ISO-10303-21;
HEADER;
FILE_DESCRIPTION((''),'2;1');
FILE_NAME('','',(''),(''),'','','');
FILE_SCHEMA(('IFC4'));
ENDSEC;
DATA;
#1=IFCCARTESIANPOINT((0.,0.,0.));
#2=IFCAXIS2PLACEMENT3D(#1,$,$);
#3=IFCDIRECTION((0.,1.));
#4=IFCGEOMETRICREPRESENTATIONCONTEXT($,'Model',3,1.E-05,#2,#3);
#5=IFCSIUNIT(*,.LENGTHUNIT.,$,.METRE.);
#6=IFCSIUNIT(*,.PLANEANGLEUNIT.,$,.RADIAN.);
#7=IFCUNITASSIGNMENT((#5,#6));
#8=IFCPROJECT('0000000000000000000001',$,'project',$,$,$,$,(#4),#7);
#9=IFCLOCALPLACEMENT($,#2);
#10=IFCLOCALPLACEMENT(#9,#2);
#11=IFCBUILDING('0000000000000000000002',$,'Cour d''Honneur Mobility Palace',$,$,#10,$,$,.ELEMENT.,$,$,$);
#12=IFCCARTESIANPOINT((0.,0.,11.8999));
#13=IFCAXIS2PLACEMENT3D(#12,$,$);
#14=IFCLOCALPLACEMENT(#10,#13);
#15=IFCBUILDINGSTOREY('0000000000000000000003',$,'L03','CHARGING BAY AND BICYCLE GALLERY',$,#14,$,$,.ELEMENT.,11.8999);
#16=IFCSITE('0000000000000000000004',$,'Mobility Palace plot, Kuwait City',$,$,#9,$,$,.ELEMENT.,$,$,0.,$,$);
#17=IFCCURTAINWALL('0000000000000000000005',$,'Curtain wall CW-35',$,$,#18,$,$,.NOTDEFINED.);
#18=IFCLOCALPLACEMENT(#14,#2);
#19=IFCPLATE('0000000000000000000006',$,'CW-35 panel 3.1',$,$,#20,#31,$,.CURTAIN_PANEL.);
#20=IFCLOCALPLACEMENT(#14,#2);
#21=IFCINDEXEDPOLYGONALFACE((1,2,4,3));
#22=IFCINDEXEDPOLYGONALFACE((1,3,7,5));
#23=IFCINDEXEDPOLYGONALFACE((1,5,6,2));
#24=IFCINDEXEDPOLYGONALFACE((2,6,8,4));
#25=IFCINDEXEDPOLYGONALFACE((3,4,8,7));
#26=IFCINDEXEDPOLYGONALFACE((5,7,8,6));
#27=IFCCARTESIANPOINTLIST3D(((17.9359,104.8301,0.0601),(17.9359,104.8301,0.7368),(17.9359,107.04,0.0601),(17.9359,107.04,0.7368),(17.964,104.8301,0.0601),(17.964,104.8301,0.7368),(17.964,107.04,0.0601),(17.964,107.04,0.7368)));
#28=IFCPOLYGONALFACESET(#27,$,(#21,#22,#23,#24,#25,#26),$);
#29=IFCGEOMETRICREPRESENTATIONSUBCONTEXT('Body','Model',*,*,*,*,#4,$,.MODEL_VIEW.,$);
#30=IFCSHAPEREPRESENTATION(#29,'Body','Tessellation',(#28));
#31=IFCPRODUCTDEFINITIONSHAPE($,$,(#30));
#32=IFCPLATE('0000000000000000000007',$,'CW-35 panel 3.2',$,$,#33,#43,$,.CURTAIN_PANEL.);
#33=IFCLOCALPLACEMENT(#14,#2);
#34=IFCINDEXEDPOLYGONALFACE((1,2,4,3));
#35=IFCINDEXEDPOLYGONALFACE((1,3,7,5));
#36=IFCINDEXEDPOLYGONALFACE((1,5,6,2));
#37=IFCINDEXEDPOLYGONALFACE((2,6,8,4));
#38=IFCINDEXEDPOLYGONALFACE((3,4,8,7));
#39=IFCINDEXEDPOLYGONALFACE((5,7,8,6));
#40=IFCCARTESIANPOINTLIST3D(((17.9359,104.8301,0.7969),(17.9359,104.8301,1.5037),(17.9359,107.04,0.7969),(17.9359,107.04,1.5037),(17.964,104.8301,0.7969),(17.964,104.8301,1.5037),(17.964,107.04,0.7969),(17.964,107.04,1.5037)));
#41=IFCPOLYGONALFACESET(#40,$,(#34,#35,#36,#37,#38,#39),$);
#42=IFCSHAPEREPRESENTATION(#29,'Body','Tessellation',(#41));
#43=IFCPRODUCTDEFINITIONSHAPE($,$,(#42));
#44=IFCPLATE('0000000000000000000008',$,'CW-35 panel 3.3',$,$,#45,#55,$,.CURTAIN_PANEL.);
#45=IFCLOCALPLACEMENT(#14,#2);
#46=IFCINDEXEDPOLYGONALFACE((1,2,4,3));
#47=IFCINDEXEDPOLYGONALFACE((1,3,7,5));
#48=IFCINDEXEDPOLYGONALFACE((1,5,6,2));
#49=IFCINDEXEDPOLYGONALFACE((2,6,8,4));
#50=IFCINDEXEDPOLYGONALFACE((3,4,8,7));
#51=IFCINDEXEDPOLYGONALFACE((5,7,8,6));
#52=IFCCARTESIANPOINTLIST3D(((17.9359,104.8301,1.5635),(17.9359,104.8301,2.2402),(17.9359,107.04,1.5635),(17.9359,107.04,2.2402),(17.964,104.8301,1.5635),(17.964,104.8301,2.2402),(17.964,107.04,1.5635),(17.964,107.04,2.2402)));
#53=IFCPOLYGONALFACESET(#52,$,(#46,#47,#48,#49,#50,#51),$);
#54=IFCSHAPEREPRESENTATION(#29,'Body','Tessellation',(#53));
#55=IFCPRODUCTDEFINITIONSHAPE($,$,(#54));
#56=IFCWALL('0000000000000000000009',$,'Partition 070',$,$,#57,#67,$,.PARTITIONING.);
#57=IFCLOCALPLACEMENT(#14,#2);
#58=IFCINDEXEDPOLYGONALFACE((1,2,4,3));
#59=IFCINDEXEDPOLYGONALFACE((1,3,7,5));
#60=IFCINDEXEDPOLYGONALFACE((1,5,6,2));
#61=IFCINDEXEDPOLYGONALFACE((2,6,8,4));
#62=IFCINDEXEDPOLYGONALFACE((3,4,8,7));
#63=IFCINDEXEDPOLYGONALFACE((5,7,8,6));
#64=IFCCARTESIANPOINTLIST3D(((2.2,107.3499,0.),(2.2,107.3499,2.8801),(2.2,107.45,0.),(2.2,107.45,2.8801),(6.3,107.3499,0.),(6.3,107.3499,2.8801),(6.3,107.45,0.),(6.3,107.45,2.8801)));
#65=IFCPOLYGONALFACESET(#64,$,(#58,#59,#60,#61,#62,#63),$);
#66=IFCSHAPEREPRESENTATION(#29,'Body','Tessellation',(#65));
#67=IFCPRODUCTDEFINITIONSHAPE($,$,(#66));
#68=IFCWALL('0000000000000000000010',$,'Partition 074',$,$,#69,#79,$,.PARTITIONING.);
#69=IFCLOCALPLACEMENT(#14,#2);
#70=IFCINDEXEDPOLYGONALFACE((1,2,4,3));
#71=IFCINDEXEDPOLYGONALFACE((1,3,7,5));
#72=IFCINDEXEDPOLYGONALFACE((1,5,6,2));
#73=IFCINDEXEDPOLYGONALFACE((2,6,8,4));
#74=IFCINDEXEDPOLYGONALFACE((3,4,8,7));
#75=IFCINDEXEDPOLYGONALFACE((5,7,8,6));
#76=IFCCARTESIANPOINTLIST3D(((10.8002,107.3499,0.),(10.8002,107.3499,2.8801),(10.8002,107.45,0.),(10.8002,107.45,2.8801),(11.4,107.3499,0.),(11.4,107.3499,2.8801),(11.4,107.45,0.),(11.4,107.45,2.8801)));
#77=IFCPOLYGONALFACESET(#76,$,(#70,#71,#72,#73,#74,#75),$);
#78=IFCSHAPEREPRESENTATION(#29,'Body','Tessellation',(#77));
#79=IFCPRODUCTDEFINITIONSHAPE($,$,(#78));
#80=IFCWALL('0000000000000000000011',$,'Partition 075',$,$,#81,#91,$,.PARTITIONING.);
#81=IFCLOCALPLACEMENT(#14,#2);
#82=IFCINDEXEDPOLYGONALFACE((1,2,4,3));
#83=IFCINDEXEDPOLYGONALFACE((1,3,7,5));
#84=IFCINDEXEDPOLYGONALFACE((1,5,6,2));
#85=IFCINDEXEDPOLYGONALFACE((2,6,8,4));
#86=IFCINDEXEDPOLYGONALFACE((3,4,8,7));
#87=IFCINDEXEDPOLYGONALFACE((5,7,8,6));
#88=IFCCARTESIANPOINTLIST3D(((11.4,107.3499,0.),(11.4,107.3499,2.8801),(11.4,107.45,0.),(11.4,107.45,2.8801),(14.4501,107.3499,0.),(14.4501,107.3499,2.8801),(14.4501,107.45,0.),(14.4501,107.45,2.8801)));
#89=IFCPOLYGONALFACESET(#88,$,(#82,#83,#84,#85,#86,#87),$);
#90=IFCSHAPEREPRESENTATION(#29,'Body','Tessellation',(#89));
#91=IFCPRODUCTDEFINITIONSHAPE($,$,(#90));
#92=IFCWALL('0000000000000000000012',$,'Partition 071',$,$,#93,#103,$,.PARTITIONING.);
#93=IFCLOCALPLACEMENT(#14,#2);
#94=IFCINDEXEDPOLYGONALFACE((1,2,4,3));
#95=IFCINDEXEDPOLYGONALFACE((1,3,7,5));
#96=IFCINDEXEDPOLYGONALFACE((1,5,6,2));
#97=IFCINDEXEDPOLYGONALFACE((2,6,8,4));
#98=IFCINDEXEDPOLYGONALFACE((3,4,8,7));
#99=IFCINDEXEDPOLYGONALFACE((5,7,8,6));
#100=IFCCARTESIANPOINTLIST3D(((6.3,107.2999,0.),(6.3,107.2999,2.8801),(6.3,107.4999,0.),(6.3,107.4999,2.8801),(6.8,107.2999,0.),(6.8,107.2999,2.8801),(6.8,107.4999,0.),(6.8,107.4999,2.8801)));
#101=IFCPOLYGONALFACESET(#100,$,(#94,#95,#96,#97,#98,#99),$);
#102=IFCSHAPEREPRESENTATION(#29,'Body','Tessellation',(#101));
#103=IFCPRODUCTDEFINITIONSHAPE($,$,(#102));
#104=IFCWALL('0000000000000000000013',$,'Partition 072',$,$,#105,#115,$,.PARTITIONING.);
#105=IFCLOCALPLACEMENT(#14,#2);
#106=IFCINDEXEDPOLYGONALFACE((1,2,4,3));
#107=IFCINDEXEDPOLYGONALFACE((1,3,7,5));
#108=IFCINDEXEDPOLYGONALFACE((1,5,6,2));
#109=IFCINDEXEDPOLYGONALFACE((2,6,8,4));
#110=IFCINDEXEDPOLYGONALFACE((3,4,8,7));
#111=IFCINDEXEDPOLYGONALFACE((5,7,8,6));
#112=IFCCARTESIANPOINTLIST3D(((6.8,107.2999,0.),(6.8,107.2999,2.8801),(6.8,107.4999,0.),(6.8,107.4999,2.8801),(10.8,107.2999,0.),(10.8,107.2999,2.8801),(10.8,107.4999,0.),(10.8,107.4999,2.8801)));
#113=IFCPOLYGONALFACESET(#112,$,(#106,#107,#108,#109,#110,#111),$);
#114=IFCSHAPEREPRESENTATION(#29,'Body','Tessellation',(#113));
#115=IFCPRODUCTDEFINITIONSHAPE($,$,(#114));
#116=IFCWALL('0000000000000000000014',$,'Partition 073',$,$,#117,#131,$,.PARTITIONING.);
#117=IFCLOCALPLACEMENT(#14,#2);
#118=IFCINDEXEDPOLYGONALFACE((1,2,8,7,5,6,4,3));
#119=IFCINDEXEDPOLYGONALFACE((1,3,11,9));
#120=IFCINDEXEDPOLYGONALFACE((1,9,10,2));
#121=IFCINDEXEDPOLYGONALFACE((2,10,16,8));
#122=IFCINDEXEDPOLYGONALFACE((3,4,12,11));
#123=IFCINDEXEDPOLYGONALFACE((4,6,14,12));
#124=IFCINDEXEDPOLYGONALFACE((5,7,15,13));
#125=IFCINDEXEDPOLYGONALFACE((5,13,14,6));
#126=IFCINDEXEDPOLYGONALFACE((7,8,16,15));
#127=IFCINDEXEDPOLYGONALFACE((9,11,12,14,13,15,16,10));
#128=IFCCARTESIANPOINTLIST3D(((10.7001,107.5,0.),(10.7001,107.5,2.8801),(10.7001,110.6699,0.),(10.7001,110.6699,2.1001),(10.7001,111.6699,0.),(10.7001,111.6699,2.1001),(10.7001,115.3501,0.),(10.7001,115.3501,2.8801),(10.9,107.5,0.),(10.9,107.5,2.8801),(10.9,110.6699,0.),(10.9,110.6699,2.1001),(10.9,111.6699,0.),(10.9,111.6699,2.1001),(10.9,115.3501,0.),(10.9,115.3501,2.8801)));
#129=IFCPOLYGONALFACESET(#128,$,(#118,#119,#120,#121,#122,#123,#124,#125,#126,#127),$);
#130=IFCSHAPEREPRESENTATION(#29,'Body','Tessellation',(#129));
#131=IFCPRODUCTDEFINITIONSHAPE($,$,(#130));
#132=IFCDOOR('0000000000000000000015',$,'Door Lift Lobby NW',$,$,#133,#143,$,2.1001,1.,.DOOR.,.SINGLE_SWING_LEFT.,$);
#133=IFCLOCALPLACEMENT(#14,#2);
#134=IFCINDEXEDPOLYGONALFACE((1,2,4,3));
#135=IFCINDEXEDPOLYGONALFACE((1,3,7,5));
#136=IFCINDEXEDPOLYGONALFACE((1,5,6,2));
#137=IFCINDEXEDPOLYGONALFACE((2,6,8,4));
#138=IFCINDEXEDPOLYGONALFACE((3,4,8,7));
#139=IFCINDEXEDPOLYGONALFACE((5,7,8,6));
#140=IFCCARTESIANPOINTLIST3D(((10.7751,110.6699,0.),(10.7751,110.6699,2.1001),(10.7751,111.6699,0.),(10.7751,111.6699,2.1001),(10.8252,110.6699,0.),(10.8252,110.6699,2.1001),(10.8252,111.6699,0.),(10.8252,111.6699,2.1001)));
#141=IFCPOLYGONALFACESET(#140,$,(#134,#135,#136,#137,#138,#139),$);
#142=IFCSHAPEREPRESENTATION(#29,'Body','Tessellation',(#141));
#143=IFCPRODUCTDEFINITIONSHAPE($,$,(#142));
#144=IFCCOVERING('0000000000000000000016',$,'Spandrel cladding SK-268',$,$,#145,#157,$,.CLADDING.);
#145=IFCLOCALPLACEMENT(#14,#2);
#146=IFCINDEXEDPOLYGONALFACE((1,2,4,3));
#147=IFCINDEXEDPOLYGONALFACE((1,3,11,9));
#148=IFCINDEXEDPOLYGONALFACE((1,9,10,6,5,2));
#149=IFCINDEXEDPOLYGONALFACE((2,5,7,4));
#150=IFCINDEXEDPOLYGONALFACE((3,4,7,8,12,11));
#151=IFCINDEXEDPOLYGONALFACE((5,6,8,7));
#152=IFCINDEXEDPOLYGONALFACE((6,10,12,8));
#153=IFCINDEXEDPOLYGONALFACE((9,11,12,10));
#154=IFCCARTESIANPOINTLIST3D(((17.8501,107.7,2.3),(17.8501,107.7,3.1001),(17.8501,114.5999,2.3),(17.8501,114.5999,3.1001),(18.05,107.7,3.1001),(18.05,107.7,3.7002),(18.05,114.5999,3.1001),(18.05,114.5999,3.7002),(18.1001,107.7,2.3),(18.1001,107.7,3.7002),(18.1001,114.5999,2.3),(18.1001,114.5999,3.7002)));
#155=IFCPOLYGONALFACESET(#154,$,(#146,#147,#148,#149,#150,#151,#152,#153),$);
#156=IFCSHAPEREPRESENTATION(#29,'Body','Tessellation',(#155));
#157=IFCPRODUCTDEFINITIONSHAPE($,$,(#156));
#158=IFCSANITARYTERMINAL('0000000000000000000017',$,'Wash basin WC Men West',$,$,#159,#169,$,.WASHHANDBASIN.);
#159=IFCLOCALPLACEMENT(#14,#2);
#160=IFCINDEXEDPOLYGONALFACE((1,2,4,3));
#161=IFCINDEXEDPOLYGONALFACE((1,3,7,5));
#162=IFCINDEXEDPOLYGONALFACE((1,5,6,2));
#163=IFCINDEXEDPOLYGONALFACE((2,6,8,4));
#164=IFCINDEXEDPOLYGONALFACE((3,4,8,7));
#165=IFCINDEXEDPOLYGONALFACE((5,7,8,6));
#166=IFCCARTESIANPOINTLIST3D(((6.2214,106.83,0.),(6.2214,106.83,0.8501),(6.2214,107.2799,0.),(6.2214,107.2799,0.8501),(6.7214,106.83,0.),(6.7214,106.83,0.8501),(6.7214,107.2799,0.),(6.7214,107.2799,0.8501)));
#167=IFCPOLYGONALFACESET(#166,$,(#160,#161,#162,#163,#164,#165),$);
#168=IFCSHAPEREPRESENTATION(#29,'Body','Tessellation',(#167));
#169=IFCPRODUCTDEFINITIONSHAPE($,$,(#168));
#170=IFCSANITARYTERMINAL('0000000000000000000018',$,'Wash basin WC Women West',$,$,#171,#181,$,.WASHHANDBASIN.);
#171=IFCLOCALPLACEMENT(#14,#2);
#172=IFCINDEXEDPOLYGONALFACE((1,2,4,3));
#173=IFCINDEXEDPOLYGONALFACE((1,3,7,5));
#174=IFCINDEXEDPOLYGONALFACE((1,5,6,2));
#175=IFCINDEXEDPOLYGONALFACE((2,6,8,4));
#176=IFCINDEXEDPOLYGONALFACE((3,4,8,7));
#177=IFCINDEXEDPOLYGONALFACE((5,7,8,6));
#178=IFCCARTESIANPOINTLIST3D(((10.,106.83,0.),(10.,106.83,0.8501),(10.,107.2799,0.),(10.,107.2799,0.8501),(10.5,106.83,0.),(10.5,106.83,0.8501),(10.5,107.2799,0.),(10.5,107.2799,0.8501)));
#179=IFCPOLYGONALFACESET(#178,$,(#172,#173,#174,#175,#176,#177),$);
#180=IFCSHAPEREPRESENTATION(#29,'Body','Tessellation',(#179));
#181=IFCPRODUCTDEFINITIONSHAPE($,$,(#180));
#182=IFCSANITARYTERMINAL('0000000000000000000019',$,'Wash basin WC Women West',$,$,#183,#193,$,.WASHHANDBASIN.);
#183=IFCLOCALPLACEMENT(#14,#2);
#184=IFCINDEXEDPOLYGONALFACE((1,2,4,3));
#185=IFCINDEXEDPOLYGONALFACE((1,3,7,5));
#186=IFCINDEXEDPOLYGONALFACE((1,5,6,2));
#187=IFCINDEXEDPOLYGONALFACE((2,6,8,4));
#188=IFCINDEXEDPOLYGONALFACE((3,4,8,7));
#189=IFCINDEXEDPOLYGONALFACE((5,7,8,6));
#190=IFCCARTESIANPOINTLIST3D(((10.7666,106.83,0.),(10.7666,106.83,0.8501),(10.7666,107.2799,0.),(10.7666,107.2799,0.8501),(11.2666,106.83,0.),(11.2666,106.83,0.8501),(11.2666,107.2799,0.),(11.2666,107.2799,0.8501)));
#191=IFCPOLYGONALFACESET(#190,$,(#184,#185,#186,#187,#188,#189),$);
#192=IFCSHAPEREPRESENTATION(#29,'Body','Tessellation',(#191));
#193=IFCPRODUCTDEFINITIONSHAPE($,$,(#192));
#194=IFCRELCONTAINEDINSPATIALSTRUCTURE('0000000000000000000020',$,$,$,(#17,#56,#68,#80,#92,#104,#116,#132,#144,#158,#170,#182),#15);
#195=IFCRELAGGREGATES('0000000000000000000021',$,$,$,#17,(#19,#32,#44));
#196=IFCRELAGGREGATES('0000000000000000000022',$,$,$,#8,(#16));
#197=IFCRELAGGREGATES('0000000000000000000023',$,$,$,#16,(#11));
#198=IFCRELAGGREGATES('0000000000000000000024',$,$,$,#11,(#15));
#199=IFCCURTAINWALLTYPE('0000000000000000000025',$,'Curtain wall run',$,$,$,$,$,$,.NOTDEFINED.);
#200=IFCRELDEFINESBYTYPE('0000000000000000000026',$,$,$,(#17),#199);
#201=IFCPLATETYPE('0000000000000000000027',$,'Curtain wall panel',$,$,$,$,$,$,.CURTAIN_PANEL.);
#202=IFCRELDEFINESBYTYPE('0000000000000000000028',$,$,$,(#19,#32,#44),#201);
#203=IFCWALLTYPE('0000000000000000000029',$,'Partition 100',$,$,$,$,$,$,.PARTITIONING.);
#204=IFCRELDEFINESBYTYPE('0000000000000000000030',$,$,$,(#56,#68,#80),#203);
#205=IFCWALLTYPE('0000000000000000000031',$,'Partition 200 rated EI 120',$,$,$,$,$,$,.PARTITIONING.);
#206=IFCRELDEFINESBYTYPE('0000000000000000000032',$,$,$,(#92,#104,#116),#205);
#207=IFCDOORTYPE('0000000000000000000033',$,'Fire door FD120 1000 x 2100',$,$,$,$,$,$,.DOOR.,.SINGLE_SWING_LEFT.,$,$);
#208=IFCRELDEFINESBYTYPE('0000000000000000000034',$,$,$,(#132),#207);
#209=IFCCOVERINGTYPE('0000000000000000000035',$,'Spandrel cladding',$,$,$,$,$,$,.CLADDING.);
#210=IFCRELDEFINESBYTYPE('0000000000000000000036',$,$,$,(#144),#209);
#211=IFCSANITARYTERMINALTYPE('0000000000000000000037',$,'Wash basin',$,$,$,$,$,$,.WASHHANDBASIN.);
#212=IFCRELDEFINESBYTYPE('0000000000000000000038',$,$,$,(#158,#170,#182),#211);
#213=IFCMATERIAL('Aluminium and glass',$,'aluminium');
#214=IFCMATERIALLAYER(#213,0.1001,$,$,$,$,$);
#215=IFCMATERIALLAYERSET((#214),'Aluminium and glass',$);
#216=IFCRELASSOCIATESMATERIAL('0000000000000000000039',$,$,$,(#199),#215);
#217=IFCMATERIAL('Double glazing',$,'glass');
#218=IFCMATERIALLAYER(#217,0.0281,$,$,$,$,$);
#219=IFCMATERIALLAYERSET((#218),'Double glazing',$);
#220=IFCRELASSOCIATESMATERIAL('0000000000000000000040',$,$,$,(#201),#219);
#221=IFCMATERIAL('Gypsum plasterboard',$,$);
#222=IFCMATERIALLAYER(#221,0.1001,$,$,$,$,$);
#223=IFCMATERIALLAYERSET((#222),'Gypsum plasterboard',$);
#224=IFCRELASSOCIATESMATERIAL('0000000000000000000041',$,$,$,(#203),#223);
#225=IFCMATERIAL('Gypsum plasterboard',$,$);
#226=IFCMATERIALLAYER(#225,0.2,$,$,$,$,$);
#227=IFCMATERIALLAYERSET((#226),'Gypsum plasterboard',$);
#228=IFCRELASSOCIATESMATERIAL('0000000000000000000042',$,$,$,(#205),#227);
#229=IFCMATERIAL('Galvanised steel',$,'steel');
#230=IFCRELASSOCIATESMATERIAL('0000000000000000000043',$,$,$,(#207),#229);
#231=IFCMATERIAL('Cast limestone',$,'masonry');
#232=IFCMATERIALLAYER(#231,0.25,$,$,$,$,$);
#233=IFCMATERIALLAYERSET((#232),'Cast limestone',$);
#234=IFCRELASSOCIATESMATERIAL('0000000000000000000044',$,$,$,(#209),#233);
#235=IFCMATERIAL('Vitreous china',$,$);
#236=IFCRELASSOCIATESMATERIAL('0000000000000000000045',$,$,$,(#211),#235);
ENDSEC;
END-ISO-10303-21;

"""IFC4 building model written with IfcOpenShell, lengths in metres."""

from ifc_helpers import new_model, si_unit, direction, frame, frame_2d, origin, origin_2d, place, context, subcontext, project, spatial, polyline, rectangle, outline, extrude, material, layer, layer_set, type_object, element, fill, aggregate, save


model = new_model("IFC4")

# Units and contexts
model_context = context("Model", 3, precision=1e-05, world=origin(), true_north=direction((0.0, 1.0)))
body_context = subcontext(model_context, "Body", "Model", "MODEL_VIEW")
ifc_project = project(units=[si_unit("LENGTHUNIT", "METRE"), si_unit("PLANEANGLEUNIT", "RADIAN")], contexts=[model_context])

# Site, building, storey
site_placement = place(None, origin())
site = spatial("IfcSite", under=ifc_project, at=site_placement, Name="Mobility Palace plot, Kuwait City", CompositionType="ELEMENT", RefElevation=0.0)
building_placement = place(site_placement, origin())
building = spatial("IfcBuilding", under=site, at=building_placement, Name="Cour d'Honneur Mobility Palace", CompositionType="ELEMENT")
storey_placement = place(building_placement, frame((0.0, 0.0, 11.8999)))
storey = spatial("IfcBuildingStorey", under=building, at=storey_placement, Name="L03", Description="CHARGING BAY AND BICYCLE GALLERY", CompositionType="ELEMENT", Elevation=11.8999)

# Curtain wall
ifc_material_1 = material(Name="Aluminium and glass", Category="aluminium")
ifc_layer_1 = layer(ifc_material_1, 0.1001)
ifc_layer_set_1 = layer_set([ifc_layer_1], Name="Aluminium and glass")
curtain_wall_type = type_object("IfcCurtainWallType", Name="Curtain wall run", PredefinedType="NOTDEFINED", material=ifc_layer_set_1)
curtain_wall_1_placement = place(storey_placement, origin())
curtain_wall_1 = element("IfcCurtainWall", 1, at=curtain_wall_1_placement, inside=storey, type_object=curtain_wall_type, Name="Curtain wall CW-35", PredefinedType="NOTDEFINED")

# Plates
ifc_material_2 = material(Name="Double glazing", Category="glass")
ifc_layer_2 = layer(ifc_material_2, 0.0281)
ifc_layer_set_2 = layer_set([ifc_layer_2], Name="Double glazing")
plate_type = type_object("IfcPlateType", Name="Curtain wall panel", PredefinedType="CURTAIN_PANEL", material=ifc_layer_set_2)
plate_1_placement = place(storey_placement, frame((17.95, 105.9351, 0.0601), z_axis=(0.0, 0.0, 1.0), x_axis=(0.0, 1.0, 0.0)))
plate_1 = element("IfcPlate", 2, at=plate_1_placement, type_object=plate_type, Name="CW-35 panel 3.1", PredefinedType="CURTAIN_PANEL", context=body_context, shape_type="SweptSolid", body=[
    extrude(rectangle(XDim=2.21, YDim=0.0281, at=origin_2d()), origin(), (0.0, 0.0, 1.0), 0.6768),
])
plate_2_placement = place(storey_placement, frame((17.95, 105.9351, 0.7969), z_axis=(0.0, 0.0, 1.0), x_axis=(0.0, 1.0, 0.0)))
plate_2 = element("IfcPlate", 3, at=plate_2_placement, type_object=plate_type, Name="CW-35 panel 3.2", PredefinedType="CURTAIN_PANEL", context=body_context, shape_type="SweptSolid", body=[
    extrude(rectangle(XDim=2.21, YDim=0.0281, at=origin_2d()), origin(), (0.0, 0.0, 1.0), 0.7068),
])
plate_3_placement = place(storey_placement, frame((17.95, 105.9351, 1.5635), z_axis=(0.0, 0.0, 1.0), x_axis=(0.0, 1.0, 0.0)))
plate_3 = element("IfcPlate", 4, at=plate_3_placement, type_object=plate_type, Name="CW-35 panel 3.3", PredefinedType="CURTAIN_PANEL", context=body_context, shape_type="SweptSolid", body=[
    extrude(rectangle(XDim=2.21, YDim=0.0281, at=origin_2d()), origin(), (0.0, 0.0, 1.0), 0.6768),
])
aggregate(curtain_wall_1, [plate_1, plate_2, plate_3])

# Walls
ifc_material_3 = material(Name="Gypsum plasterboard")
ifc_layer_3 = layer(ifc_material_3, 0.1001)
ifc_layer_set_3 = layer_set([ifc_layer_3], Name="Gypsum plasterboard")
wall_type_1 = type_object("IfcWallType", Name="Partition 100", PredefinedType="PARTITIONING", material=ifc_layer_set_3)
wall_1_placement = place(storey_placement, frame((6.3, 107.3999, 0.0), z_axis=(0.0, 0.0, 1.0), x_axis=(-1.0, 0.0, 0.0)))
element("IfcWall", 5, at=wall_1_placement, inside=storey, type_object=wall_type_1, Name="Partition 070", PredefinedType="PARTITIONING", context=body_context, shape_type="SweptSolid", body=[
    extrude(rectangle(XDim=4.1001, YDim=0.1001, at=frame_2d((2.05, 0.0))), origin(), (0.0, 0.0, 1.0), 2.8801),
])
wall_2_placement = place(storey_placement, frame((11.3999, 107.3999, 0.0), z_axis=(0.0, 0.0, 1.0), x_axis=(-1.0, 0.0, 0.0)))
element("IfcWall", 6, at=wall_2_placement, inside=storey, type_object=wall_type_1, Name="Partition 074", PredefinedType="PARTITIONING", context=body_context, shape_type="SweptSolid", body=[
    extrude(rectangle(XDim=0.5999, YDim=0.1001, at=frame_2d((0.2998, 0.0))), origin(), (0.0, 0.0, 1.0), 2.8801),
])
wall_3_placement = place(storey_placement, frame((14.45, 107.3999, 0.0), z_axis=(0.0, 0.0, 1.0), x_axis=(-1.0, 0.0, 0.0)))
element("IfcWall", 7, at=wall_3_placement, inside=storey, type_object=wall_type_1, Name="Partition 075", PredefinedType="PARTITIONING", context=body_context, shape_type="SweptSolid", body=[
    extrude(rectangle(XDim=3.05, YDim=0.1001, at=frame_2d((1.5249, 0.0))), origin(), (0.0, 0.0, 1.0), 2.8801),
])
ifc_material_4 = material(Name="Gypsum plasterboard")
ifc_layer_4 = layer(ifc_material_4, 0.2)
ifc_layer_set_4 = layer_set([ifc_layer_4], Name="Gypsum plasterboard")
wall_type_2 = type_object("IfcWallType", Name="Partition 200 rated EI 120", PredefinedType="PARTITIONING", material=ifc_layer_set_4)
wall_4_placement = place(storey_placement, frame((6.3, 107.3999, 0.0), z_axis=(0.0, 0.0, 1.0), x_axis=(1.0, 0.0, 0.0)))
element("IfcWall", 8, at=wall_4_placement, inside=storey, type_object=wall_type_2, Name="Partition 071", PredefinedType="PARTITIONING", context=body_context, shape_type="SweptSolid", body=[
    extrude(rectangle(XDim=0.5, YDim=0.2, at=frame_2d((0.25, 0.0))), origin(), (0.0, 0.0, 1.0), 2.8801),
])
wall_5_placement = place(storey_placement, frame((6.8, 107.3999, 0.0), z_axis=(0.0, 0.0, 1.0), x_axis=(1.0, 0.0, 0.0)))
element("IfcWall", 9, at=wall_5_placement, inside=storey, type_object=wall_type_2, Name="Partition 072", PredefinedType="PARTITIONING", context=body_context, shape_type="SweptSolid", body=[
    extrude(rectangle(XDim=4.0, YDim=0.2, at=frame_2d((2.0, 0.0))), origin(), (0.0, 0.0, 1.0), 2.8801),
])

# Wall, opening, door
wall_6_placement = place(storey_placement, frame((10.8, 107.5, 0.0), z_axis=(0.0, 0.0, 1.0), x_axis=(0.0, 1.0, 0.0)))
wall_6 = element("IfcWall", 10, at=wall_6_placement, inside=storey, type_object=wall_type_2, Name="Partition 073", PredefinedType="PARTITIONING", context=body_context, shape_type="SweptSolid", body=[
    extrude(rectangle(XDim=7.8501, YDim=0.2, at=frame_2d((3.925, 0.0))), origin(), (0.0, 0.0, 1.0), 2.8801),
])
opening_placement = place(wall_6_placement, frame((3.1699, 0.0, 0.0)))
opening = element("IfcOpeningElement", 11, at=opening_placement, cuts=wall_6, PredefinedType="OPENING", context=body_context, shape_type="SweptSolid", body=[
    extrude(rectangle(XDim=1.0, YDim=2.1001, at=frame_2d((0.5, 1.05))), frame((0.0, 0.1099, 0.0), z_axis=(0.0, -1.0, 0.0), x_axis=(1.0, 0.0, 0.0)), (0.0, 0.0, 1.0), 0.22),
])
ifc_material_5 = material(Name="Galvanised steel", Category="steel")
door_type = type_object("IfcDoorType", Name="Fire door FD120 1000 x 2100", OperationType="SINGLE_SWING_LEFT", PredefinedType="DOOR", material=ifc_material_5)
door_placement = place(opening_placement, origin())
door = element("IfcDoor", 12, at=door_placement, inside=storey, type_object=door_type, Name="Door Lift Lobby NW", OperationType="SINGLE_SWING_LEFT", OverallHeight=2.1001, OverallWidth=1.0, PredefinedType="DOOR", context=body_context, shape_type="SweptSolid", body=[
    extrude(rectangle(XDim=1.0, YDim=2.1001, at=frame_2d((0.5, 1.05))), frame((0.0, 0.0249, 0.0), z_axis=(0.0, -1.0, 0.0), x_axis=(1.0, 0.0, 0.0)), (0.0, 0.0, 1.0), 0.05),
])
fill(opening, door)

# Covering
ifc_material_6 = material(Name="Cast limestone", Category="masonry")
ifc_layer_5 = layer(ifc_material_6, 0.25)
ifc_layer_set_5 = layer_set([ifc_layer_5], Name="Cast limestone")
covering_type = type_object("IfcCoveringType", Name="Spandrel cladding", PredefinedType="CLADDING", material=ifc_layer_set_5)
covering_placement = place(storey_placement, frame((17.8501, 107.7, 2.3), z_axis=(0.0, -1.0, 0.0), x_axis=(1.0, 0.0, 0.0)))
element("IfcCovering", 13, at=covering_placement, inside=storey, type_object=covering_type, Name="Spandrel cladding SK-268", PredefinedType="CLADDING", context=body_context, shape_type="SweptSolid", body=[
    extrude(outline(polyline([(0.0, 0.0), (0.25, 0.0), (0.25, 1.4001), (0.2, 1.4001), (0.2, 0.8), (0.0, 0.8), (0.0, 0.0)])), origin(), (0.0, 0.0, -1.0), 6.8999),
])

# Sanitary terminals
ifc_material_7 = material(Name="Vitreous china")
sanitary_terminal_type_1 = type_object("IfcSanitaryTerminalType", Name="Wash basin", PredefinedType="WASHHANDBASIN", material=ifc_material_7)
for number, where, z_axis, x_axis, name in (
    (14, (6.4714, 107.0549, 0.0), (0.0, 0.0, 1.0), (1.0, 0.0, 0.0), "Wash basin WC Men West"),
    (15, (10.25, 107.0549, 0.0), (0.0, 0.0, 1.0), (1.0, 0.0, 0.0), "Wash basin WC Women West"),
    (16, (11.0166, 107.0549, 0.0), (0.0, 0.0, 1.0), (1.0, 0.0, 0.0), "Wash basin WC Women West"),
):
    element("IfcSanitaryTerminal", number, at=place(storey_placement, frame(where, z_axis=z_axis, x_axis=x_axis)), inside=storey, type_object=sanitary_terminal_type_1, Name=name, PredefinedType="WASHHANDBASIN", context=body_context, shape_type="SweptSolid", body=[
        extrude(rectangle(XDim=0.5, YDim=0.45, at=origin_2d()), origin(), (0.0, 0.0, 1.0), 0.8501),
    ])

save(model, "model.ifc")
